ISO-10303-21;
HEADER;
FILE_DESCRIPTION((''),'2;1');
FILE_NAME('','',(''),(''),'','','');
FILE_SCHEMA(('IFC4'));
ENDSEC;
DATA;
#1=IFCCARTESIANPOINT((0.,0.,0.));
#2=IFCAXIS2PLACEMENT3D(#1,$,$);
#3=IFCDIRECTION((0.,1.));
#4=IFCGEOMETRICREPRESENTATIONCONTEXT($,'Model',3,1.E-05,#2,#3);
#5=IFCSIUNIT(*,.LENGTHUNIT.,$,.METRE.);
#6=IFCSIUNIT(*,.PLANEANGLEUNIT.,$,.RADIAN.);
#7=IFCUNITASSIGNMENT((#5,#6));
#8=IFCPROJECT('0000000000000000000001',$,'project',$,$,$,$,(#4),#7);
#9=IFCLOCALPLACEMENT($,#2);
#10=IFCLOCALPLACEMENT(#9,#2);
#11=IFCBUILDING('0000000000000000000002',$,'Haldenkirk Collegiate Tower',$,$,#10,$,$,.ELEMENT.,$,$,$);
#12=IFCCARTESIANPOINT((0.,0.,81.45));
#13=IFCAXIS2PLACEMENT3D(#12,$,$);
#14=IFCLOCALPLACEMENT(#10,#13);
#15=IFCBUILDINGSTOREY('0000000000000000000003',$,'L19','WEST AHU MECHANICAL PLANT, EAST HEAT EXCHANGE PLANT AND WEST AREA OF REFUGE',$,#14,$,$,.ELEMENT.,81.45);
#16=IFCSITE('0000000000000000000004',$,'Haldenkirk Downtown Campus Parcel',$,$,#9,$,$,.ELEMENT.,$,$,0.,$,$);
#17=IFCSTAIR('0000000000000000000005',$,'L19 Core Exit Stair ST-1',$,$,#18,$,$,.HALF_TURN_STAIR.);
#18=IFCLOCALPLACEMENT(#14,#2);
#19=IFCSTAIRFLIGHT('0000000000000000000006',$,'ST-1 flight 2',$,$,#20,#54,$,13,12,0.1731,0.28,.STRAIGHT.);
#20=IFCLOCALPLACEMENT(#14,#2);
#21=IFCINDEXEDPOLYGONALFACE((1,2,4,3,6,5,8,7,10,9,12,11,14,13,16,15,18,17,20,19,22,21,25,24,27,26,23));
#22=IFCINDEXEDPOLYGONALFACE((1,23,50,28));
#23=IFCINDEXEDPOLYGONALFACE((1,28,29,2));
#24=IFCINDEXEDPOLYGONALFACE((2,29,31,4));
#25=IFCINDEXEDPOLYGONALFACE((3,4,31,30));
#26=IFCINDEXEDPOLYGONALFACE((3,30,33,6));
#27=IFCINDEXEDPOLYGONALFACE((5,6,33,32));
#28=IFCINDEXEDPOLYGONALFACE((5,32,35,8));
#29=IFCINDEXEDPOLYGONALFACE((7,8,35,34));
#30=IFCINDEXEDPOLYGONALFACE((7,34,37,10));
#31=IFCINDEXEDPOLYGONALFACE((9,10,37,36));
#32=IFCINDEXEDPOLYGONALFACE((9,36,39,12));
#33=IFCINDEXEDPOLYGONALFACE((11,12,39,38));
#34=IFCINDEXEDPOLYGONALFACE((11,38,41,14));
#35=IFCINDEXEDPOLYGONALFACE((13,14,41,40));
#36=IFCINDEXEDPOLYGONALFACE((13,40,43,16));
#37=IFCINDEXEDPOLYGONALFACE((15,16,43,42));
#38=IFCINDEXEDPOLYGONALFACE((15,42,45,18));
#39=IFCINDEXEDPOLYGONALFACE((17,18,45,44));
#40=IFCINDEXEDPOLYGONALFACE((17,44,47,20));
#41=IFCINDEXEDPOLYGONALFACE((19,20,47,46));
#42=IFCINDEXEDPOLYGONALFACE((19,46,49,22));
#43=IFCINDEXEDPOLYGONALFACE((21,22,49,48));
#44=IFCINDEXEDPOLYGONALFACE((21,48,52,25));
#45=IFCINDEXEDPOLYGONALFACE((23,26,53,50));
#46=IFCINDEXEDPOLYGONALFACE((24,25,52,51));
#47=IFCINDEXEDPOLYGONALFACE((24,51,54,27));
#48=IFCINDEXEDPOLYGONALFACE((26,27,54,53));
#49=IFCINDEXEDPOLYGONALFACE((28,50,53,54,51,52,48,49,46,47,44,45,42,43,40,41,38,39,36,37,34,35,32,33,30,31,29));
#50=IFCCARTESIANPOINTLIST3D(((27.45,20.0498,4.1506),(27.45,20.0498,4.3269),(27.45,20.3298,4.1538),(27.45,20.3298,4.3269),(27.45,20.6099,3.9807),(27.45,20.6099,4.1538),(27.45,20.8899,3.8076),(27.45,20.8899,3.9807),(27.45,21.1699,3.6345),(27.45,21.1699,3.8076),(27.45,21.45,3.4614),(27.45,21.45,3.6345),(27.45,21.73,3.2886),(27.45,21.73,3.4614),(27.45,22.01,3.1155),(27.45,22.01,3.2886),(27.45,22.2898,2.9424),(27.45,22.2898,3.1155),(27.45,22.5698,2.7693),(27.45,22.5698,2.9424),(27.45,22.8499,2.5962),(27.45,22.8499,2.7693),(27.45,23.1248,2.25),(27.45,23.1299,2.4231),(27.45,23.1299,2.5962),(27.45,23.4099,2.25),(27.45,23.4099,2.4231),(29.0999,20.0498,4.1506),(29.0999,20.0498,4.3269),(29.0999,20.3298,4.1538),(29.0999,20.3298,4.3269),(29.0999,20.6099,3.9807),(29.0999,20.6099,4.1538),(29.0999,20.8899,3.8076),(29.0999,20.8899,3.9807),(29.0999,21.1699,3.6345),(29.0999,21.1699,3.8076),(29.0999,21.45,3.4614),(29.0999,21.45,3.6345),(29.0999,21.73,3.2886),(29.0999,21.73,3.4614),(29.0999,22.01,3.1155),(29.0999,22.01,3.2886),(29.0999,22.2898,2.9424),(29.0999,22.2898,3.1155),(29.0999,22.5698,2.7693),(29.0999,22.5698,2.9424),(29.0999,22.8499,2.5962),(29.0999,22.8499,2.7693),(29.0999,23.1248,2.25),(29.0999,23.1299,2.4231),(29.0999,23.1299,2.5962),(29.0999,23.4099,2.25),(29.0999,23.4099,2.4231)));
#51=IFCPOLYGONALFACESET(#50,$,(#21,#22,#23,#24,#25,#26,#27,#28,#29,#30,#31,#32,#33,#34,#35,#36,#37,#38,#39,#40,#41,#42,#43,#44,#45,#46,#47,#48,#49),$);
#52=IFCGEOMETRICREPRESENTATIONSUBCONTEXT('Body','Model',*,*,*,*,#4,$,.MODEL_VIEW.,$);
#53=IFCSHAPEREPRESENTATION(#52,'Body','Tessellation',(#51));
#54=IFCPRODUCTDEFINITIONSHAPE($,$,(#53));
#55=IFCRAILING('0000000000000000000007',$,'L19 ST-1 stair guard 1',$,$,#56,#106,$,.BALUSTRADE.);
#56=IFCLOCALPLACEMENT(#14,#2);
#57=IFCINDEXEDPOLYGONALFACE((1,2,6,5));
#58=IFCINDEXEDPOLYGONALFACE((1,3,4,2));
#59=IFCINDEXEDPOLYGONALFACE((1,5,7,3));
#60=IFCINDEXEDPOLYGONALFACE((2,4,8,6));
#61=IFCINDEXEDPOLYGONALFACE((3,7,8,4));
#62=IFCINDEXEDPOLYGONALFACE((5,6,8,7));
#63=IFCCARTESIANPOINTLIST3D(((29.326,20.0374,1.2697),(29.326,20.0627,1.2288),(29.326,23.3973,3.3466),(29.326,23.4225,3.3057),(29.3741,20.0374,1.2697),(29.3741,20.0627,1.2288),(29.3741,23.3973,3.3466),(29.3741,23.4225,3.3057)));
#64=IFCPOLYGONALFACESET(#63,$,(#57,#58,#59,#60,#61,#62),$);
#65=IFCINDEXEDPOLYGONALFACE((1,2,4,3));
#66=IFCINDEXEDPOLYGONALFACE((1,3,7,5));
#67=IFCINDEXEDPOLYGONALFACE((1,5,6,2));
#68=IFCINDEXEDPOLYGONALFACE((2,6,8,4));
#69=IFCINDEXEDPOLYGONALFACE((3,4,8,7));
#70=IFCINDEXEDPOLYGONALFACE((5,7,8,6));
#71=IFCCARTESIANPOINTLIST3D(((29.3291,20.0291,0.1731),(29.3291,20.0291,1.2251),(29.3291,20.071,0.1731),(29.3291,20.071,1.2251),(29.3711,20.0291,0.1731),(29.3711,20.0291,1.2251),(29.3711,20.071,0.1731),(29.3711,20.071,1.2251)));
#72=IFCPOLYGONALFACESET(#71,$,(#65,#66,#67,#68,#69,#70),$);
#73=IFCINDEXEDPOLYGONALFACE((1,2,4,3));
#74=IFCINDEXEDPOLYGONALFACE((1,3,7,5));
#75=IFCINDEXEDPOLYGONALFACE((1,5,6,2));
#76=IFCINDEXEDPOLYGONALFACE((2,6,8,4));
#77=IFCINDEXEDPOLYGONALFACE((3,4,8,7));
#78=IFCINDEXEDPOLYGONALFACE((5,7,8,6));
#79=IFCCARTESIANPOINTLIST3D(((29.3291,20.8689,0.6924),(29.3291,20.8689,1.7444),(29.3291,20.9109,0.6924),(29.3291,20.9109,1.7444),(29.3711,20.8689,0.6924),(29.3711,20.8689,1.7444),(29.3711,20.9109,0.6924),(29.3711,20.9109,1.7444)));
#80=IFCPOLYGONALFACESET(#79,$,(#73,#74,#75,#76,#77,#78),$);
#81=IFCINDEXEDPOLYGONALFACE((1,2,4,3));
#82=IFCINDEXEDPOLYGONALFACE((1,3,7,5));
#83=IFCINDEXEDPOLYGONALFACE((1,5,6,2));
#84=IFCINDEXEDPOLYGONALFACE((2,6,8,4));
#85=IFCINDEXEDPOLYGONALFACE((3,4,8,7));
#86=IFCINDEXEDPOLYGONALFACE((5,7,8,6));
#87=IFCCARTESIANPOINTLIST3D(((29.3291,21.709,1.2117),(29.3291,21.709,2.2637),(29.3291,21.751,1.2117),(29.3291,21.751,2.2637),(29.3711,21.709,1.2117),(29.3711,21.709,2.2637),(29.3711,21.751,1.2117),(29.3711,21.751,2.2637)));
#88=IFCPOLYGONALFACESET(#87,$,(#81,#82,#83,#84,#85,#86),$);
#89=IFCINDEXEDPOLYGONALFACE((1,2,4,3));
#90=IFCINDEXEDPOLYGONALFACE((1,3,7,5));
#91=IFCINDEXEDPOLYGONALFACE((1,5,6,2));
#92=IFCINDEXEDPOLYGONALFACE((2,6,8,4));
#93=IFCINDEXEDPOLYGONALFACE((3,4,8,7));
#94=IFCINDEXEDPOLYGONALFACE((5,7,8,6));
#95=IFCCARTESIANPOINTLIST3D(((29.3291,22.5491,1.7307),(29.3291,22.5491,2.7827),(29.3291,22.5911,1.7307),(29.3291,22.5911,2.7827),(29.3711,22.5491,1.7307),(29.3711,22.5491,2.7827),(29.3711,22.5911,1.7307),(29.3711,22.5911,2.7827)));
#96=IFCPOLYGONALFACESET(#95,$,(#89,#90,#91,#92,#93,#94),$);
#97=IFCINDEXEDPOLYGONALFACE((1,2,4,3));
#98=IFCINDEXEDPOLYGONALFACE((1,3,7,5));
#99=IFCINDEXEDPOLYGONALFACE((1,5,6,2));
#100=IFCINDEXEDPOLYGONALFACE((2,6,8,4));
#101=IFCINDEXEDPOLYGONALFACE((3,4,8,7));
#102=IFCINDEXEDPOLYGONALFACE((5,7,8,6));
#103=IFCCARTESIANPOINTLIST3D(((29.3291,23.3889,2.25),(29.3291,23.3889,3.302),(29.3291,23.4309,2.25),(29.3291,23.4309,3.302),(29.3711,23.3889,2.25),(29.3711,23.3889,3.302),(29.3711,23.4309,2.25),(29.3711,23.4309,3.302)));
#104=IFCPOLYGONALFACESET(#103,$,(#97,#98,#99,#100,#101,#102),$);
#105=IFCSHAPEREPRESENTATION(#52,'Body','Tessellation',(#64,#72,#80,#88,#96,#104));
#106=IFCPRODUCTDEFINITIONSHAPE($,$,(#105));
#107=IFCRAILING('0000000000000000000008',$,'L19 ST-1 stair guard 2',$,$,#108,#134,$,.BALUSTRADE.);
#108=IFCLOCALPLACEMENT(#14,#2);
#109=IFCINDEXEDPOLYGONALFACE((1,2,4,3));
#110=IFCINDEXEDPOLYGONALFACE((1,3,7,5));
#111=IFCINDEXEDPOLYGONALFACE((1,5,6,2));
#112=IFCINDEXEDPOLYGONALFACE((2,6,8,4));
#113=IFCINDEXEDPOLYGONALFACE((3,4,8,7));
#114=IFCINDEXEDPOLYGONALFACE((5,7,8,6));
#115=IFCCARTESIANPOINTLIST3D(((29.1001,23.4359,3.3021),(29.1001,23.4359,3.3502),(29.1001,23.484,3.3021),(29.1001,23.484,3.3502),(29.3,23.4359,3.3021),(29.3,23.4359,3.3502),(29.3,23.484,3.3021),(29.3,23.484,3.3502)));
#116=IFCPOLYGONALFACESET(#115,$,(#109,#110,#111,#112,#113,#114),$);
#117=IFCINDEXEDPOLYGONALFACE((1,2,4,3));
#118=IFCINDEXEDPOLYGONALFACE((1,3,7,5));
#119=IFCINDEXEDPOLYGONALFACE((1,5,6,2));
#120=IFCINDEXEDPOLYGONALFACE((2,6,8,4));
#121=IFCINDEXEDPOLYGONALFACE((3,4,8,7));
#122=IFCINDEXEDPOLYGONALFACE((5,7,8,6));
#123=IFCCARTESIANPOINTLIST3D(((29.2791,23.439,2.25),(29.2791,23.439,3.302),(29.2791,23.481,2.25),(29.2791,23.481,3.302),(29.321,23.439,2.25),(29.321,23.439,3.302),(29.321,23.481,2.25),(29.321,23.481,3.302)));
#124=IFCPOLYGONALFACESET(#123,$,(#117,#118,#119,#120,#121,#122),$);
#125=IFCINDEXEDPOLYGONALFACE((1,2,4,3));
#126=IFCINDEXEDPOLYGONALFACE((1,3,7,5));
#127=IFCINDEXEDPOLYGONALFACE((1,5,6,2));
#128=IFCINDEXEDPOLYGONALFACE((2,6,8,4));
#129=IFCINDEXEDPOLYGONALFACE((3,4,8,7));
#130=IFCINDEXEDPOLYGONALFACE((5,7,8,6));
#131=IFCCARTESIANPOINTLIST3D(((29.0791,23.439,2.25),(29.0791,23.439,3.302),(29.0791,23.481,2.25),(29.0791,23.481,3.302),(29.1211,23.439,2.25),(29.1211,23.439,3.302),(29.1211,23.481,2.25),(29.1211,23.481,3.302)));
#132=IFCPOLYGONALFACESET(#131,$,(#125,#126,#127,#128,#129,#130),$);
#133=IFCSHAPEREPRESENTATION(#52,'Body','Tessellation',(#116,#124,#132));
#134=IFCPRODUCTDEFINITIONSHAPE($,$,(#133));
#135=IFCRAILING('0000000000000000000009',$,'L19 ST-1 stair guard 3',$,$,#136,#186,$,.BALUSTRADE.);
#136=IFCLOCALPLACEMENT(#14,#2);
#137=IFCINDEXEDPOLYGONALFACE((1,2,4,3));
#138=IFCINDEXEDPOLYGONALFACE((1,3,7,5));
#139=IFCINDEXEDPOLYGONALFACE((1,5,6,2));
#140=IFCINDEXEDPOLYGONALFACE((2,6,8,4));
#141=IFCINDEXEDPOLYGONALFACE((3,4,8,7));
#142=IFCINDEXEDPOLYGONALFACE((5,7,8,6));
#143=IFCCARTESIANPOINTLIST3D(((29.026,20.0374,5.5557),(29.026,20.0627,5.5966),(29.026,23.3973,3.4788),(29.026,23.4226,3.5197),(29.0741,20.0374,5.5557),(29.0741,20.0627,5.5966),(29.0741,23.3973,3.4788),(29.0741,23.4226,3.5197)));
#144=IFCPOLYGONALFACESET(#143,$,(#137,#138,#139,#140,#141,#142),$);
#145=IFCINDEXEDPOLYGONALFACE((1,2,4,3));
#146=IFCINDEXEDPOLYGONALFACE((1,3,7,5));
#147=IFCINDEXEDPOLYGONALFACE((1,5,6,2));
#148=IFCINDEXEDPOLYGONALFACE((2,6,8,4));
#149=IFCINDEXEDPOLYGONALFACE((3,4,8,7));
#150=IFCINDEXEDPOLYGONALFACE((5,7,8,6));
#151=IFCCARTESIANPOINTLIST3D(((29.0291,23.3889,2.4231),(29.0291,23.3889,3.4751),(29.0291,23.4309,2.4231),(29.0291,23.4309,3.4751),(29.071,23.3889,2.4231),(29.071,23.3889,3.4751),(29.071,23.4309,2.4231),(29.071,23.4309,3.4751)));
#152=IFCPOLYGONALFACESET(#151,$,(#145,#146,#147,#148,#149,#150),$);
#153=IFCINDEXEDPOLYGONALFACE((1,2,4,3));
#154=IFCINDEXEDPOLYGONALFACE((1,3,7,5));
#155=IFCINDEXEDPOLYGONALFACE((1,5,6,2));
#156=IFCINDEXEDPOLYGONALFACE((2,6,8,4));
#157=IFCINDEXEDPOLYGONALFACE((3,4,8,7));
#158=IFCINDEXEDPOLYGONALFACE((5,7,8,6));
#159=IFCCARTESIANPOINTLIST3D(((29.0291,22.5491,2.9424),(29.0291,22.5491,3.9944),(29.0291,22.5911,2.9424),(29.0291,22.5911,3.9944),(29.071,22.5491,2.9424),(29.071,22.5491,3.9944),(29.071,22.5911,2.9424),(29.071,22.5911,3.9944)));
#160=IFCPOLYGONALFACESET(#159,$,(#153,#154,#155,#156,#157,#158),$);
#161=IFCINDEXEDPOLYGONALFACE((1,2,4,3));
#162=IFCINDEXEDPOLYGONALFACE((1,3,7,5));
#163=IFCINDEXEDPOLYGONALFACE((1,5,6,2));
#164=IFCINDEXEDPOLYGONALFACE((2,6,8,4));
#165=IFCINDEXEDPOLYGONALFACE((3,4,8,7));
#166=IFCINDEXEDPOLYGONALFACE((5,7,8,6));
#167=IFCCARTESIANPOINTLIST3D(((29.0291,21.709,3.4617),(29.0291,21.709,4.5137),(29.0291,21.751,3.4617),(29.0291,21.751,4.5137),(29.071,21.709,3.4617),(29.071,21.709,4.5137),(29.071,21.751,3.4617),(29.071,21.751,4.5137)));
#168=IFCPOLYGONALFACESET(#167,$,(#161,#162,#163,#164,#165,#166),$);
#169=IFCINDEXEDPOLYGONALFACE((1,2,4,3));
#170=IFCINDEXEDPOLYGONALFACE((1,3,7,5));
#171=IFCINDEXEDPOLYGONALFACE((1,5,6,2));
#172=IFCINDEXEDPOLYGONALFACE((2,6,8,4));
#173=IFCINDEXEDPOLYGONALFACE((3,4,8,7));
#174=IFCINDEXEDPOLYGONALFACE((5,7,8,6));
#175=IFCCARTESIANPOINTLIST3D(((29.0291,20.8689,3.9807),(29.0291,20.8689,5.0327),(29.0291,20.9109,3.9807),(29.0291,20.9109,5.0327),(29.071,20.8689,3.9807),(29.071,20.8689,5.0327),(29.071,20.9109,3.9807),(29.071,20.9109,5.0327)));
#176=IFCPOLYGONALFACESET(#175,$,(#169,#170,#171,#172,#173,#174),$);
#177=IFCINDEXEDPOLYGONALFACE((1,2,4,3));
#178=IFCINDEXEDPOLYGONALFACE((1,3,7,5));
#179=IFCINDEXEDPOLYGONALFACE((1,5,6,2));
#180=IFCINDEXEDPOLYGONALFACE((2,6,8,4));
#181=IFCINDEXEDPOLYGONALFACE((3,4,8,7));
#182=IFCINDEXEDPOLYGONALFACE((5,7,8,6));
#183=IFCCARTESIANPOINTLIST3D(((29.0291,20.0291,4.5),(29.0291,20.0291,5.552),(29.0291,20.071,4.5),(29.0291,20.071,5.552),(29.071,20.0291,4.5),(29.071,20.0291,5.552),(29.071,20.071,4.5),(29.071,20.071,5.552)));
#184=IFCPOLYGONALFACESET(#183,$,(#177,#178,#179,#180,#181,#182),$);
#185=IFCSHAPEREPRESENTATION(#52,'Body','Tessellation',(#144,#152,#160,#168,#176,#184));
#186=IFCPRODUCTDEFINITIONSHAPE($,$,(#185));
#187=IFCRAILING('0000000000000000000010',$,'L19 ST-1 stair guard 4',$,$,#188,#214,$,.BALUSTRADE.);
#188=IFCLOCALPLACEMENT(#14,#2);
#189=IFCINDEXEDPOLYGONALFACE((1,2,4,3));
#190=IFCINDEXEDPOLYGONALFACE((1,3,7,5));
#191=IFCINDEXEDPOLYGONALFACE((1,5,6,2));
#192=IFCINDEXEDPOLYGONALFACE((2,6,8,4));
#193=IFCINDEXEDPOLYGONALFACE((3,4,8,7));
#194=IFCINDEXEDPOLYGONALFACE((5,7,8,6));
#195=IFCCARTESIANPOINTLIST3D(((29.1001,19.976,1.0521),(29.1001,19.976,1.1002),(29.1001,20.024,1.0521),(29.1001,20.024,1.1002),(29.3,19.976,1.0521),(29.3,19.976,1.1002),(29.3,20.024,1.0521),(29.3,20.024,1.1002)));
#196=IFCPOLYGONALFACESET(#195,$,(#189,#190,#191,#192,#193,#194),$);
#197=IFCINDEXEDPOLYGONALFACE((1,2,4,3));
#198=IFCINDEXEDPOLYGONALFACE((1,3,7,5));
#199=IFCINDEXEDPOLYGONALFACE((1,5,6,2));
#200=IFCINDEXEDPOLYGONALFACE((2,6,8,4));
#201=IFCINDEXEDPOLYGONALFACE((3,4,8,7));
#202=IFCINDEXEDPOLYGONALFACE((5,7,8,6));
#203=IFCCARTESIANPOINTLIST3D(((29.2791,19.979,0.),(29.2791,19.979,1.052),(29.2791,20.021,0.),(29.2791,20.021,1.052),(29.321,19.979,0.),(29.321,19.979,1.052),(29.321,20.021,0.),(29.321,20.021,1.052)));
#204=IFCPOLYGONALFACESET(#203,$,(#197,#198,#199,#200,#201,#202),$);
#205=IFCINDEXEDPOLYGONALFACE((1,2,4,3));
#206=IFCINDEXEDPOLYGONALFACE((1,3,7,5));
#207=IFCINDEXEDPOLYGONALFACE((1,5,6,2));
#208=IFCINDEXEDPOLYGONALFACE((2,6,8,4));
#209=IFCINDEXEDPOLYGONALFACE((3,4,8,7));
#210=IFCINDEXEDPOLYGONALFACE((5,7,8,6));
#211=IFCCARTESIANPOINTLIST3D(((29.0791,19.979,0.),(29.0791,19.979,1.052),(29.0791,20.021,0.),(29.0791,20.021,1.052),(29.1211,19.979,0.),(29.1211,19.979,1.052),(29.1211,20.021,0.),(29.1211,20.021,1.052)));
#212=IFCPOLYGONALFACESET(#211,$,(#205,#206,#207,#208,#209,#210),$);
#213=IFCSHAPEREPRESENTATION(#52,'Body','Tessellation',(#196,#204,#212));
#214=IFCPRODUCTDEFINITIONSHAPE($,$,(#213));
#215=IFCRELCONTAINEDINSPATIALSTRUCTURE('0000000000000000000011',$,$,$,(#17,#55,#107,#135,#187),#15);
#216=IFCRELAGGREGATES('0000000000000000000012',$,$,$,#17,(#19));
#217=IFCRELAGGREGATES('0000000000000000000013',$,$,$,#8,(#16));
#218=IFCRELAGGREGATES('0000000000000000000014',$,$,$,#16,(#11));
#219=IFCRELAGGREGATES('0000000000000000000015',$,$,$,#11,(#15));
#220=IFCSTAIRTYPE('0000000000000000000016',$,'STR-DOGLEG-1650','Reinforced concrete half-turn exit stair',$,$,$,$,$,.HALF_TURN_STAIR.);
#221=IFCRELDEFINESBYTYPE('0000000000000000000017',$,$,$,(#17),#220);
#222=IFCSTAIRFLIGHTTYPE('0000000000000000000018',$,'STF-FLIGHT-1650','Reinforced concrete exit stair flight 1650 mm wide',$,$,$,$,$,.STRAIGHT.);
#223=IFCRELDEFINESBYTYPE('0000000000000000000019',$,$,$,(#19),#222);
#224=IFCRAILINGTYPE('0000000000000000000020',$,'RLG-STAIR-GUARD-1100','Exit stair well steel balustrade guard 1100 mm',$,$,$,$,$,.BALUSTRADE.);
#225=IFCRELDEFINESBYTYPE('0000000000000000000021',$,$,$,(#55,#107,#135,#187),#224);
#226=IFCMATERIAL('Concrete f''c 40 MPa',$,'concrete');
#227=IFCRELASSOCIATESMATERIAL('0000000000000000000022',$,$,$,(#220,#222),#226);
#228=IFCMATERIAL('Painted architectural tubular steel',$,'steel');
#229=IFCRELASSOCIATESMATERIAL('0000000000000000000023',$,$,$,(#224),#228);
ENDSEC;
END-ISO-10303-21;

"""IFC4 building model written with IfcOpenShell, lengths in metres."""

from ifc_helpers import new_model, si_unit, direction, frame, origin, origin_2d, place, context, subcontext, project, spatial, polyline, rectangle, outline, extrude, material, type_object, element, aggregate, save


model = new_model("IFC4")

# Units and contexts
model_context = context("Model", 3, precision=1e-05, world=origin(), true_north=direction((0.0, 1.0)))
body_context = subcontext(model_context, "Body", "Model", "MODEL_VIEW")
ifc_project = project(units=[si_unit("LENGTHUNIT", "METRE"), si_unit("PLANEANGLEUNIT", "RADIAN")], contexts=[model_context])

# Site, building, storey
site_placement = place(None, origin())
site = spatial("IfcSite", under=ifc_project, at=site_placement, Name="Haldenkirk Downtown Campus Parcel", CompositionType="ELEMENT", RefElevation=0.0)
building_placement = place(site_placement, origin())
building = spatial("IfcBuilding", under=site, at=building_placement, Name="Haldenkirk Collegiate Tower", CompositionType="ELEMENT")
storey_placement = place(building_placement, frame((0.0, 0.0, 81.45)))
storey = spatial("IfcBuildingStorey", under=building, at=storey_placement, Name="L19", Description="WEST AHU MECHANICAL PLANT, EAST HEAT EXCHANGE PLANT AND WEST AREA OF REFUGE", CompositionType="ELEMENT", Elevation=81.45)

# Stair, stair flight
ifc_material_1 = material(Name="Concrete f'c 40 MPa", Category="concrete")
stair_type = type_object("IfcStairType", Name="STR-DOGLEG-1650", Description="Reinforced concrete half-turn exit stair", PredefinedType="HALF_TURN_STAIR", material=ifc_material_1)
stair_placement = place(storey_placement, origin())
stair = element("IfcStair", 1, at=stair_placement, inside=storey, type_object=stair_type, Name="L19 Core Exit Stair ST-1", PredefinedType="HALF_TURN_STAIR")
stair_flight_type = type_object("IfcStairFlightType", Name="STF-FLIGHT-1650", Description="Reinforced concrete exit stair flight 1650 mm wide", PredefinedType="STRAIGHT", material=ifc_material_1)
stair_flight_1_placement = place(storey_placement, frame((28.2749, 23.4099, 2.25), z_axis=(0.0, 0.0, 1.0), x_axis=(0.0, -1.0, 0.0)))
stair_flight_1 = element("IfcStairFlight", 2, at=stair_flight_1_placement, type_object=stair_flight_type, Name="ST-1 flight 2", NumberOfRisers=13, NumberOfTreads=12, PredefinedType="STRAIGHT", RiserHeight=0.1731, TreadLength=0.28, context=body_context, shape_type="SweptSolid", body=[
    extrude(outline(polyline([(0.0, 0.0), (0.0, 0.1731), (0.28, 0.1731), (0.28, 0.3462), (0.5601, 0.3462), (0.5601, 0.5193), (0.8401, 0.5193), (0.8401, 0.6924), (1.1201, 0.6924), (1.1201, 0.8655), (1.3999, 0.8655), (1.3999, 1.0386), (1.6799, 1.0386), (1.6799, 1.2114), (1.96, 1.2114), (1.96, 1.3845), (2.24, 1.3845), (2.24, 1.5576), (2.52, 1.5576), (2.52, 1.7307), (2.8, 1.7307), (2.8, 1.9038), (3.0801, 1.9038), (3.0801, 2.0769), (3.3601, 2.0769), (3.3601, 2.25), (3.3601, 1.9006), (0.2852, 0.0), (0.0, 0.0)])), frame((0.0, 0.825, 0.0), z_axis=(0.0, -1.0, 0.0), x_axis=(1.0, 0.0, 0.0)), (0.0, 0.0, 1.0), 1.6499),
])
aggregate(stair, [stair_flight_1])

# Railings
ifc_material_2 = material(Name="Painted architectural tubular steel", Category="steel")
railing_type_1 = type_object("IfcRailingType", Name="RLG-STAIR-GUARD-1100", Description="Exit stair well steel balustrade guard 1100 mm", PredefinedType="BALUSTRADE", material=ifc_material_2)
railing_1_placement = place(storey_placement, frame((29.3501, 20.05, 0.1731)))
element("IfcRailing", 3, at=railing_1_placement, inside=storey, type_object=railing_type_1, Name="L19 ST-1 stair guard 1", PredefinedType="BALUSTRADE", context=body_context, shape_type="SweptSolid", body=[
    extrude(rectangle(XDim=0.0481, YDim=0.0481, at=origin_2d()), frame((0.0, 0.0, 1.0762), z_axis=(0.0, 0.850606, 0.525803), x_axis=(-1.0, 0.0, 0.0)), (0.0, 0.0, 1.0), 3.95),
    extrude(rectangle(XDim=0.042, YDim=0.042, at=origin_2d()), origin(), (0.0, 0.0, 1.0), 1.052),
    extrude(rectangle(XDim=0.042, YDim=0.042, at=origin_2d()), frame((0.0, 0.8398, 0.5193)), (0.0, 0.0, 1.0), 1.052),
    extrude(rectangle(XDim=0.042, YDim=0.042, at=origin_2d()), frame((0.0, 1.6799, 1.0386)), (0.0, 0.0, 1.0), 1.052),
    extrude(rectangle(XDim=0.042, YDim=0.042, at=origin_2d()), frame((0.0, 2.52, 1.5576)), (0.0, 0.0, 1.0), 1.052),
    extrude(rectangle(XDim=0.042, YDim=0.042, at=origin_2d()), frame((0.0, 3.3599, 2.0769)), (0.0, 0.0, 1.0), 1.052),
])
railing_2_placement = place(storey_placement, frame((29.3, 23.46, 2.25)))
element("IfcRailing", 4, at=railing_2_placement, inside=storey, type_object=railing_type_1, Name="L19 ST-1 stair guard 2", PredefinedType="BALUSTRADE", context=body_context, shape_type="SweptSolid", body=[
    extrude(rectangle(XDim=0.0481, YDim=0.0481, at=origin_2d()), frame((0.0, 0.0, 1.0762), z_axis=(-1.0, 0.0, 0.0), x_axis=(0.0, -1.0, 0.0)), (0.0, 0.0, 1.0), 0.2),
    extrude(rectangle(XDim=0.042, YDim=0.042, at=origin_2d()), origin(), (0.0, 0.0, 1.0), 1.052),
    extrude(rectangle(XDim=0.042, YDim=0.042, at=origin_2d()), frame((-0.2, 0.0, 0.0)), (0.0, 0.0, 1.0), 1.052),
])
railing_3_placement = place(storey_placement, frame((29.05, 23.4099, 2.4231)))
element("IfcRailing", 5, at=railing_3_placement, inside=storey, type_object=railing_type_1, Name="L19 ST-1 stair guard 3", PredefinedType="BALUSTRADE", context=body_context, shape_type="SweptSolid", body=[
    extrude(rectangle(XDim=0.0481, YDim=0.0481, at=origin_2d()), frame((0.0, 0.0, 1.0762), z_axis=(0.0, -0.850606, 0.525803), x_axis=(1.0, 0.0, 0.0)), (0.0, 0.0, 1.0), 3.95),
    extrude(rectangle(XDim=0.042, YDim=0.042, at=origin_2d()), origin(), (0.0, 0.0, 1.0), 1.052),
    extrude(rectangle(XDim=0.042, YDim=0.042, at=origin_2d()), frame((0.0, -0.8398, 0.5193)), (0.0, 0.0, 1.0), 1.052),
    extrude(rectangle(XDim=0.042, YDim=0.042, at=origin_2d()), frame((0.0, -1.6799, 1.0386)), (0.0, 0.0, 1.0), 1.052),
    extrude(rectangle(XDim=0.042, YDim=0.042, at=origin_2d()), frame((0.0, -2.52, 1.5576)), (0.0, 0.0, 1.0), 1.052),
    extrude(rectangle(XDim=0.042, YDim=0.042, at=origin_2d()), frame((0.0, -3.3599, 2.0769)), (0.0, 0.0, 1.0), 1.052),
])
railing_4_placement = place(storey_placement, frame((29.3, 20.0, 0.0)))
element("IfcRailing", 6, at=railing_4_placement, inside=storey, type_object=railing_type_1, Name="L19 ST-1 stair guard 4", PredefinedType="BALUSTRADE", context=body_context, shape_type="SweptSolid", body=[
    extrude(rectangle(XDim=0.0481, YDim=0.0481, at=origin_2d()), frame((0.0, 0.0, 1.0762), z_axis=(-1.0, 0.0, 0.0), x_axis=(0.0, -1.0, 0.0)), (0.0, 0.0, 1.0), 0.2),
    extrude(rectangle(XDim=0.042, YDim=0.042, at=origin_2d()), origin(), (0.0, 0.0, 1.0), 1.052),
    extrude(rectangle(XDim=0.042, YDim=0.042, at=origin_2d()), frame((-0.2, 0.0, 0.0)), (0.0, 0.0, 1.0), 1.052),
])

save(model, "model.ifc")
